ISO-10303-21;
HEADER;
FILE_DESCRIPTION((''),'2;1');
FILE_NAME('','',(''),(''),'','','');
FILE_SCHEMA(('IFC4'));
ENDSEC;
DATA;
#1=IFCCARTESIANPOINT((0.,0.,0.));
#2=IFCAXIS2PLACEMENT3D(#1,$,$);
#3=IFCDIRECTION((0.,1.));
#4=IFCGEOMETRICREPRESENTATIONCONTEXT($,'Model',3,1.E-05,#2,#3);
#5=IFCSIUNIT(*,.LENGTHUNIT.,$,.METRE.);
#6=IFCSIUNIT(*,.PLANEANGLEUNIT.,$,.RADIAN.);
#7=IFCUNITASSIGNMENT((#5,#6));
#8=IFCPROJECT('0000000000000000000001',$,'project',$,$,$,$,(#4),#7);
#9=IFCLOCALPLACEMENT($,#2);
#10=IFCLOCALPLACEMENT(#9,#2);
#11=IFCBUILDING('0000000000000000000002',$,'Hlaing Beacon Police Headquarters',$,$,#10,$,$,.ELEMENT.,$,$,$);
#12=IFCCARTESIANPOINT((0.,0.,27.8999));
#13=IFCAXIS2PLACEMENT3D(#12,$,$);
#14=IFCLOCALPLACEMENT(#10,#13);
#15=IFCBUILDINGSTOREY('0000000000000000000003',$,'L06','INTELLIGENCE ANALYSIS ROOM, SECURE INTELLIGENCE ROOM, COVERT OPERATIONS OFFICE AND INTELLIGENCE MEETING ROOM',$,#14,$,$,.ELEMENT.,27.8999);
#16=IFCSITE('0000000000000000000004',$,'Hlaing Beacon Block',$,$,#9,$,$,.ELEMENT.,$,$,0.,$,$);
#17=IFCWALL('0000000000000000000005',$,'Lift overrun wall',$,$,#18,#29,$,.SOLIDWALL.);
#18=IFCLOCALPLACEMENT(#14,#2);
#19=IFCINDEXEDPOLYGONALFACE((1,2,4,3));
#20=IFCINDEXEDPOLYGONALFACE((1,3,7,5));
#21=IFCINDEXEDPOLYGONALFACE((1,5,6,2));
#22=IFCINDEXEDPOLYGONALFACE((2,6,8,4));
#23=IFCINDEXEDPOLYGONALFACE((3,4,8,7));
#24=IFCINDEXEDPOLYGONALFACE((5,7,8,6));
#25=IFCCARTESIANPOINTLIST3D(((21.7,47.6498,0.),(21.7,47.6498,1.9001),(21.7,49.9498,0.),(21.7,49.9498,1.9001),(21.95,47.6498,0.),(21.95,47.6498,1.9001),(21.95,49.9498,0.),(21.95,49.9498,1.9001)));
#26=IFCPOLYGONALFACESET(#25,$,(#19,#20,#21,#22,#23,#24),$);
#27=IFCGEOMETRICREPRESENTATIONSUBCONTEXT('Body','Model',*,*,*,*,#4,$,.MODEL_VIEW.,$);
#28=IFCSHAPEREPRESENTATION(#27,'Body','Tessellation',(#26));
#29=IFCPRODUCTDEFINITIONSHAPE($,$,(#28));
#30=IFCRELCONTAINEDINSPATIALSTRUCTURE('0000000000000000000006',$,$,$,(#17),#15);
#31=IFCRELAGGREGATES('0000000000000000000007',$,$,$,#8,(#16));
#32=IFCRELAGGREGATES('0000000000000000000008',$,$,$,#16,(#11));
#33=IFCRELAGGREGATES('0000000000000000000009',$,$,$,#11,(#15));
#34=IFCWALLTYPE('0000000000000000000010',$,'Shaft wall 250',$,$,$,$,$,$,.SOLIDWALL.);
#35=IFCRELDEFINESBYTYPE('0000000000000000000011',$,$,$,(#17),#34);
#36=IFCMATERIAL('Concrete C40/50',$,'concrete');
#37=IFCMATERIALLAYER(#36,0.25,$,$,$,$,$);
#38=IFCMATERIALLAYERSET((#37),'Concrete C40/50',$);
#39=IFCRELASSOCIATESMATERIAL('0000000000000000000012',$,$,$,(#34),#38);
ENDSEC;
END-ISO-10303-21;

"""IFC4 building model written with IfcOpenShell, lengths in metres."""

from ifc_helpers import new_model, si_unit, direction, frame, frame_2d, origin, place, context, subcontext, project, spatial, rectangle, extrude, material, layer, layer_set, type_object, element, save


model = new_model("IFC4")

# Units and contexts
model_context = context("Model", 3, precision=1e-05, world=origin(), true_north=direction((0.0, 1.0)))
body_context = subcontext(model_context, "Body", "Model", "MODEL_VIEW")
ifc_project = project(units=[si_unit("LENGTHUNIT", "METRE"), si_unit("PLANEANGLEUNIT", "RADIAN")], contexts=[model_context])

# Site, building, storey
site_placement = place(None, origin())
site = spatial("IfcSite", under=ifc_project, at=site_placement, Name="Hlaing Beacon Block", CompositionType="ELEMENT", RefElevation=0.0)
building_placement = place(site_placement, origin())
building = spatial("IfcBuilding", under=site, at=building_placement, Name="Hlaing Beacon Police Headquarters", CompositionType="ELEMENT")
storey_placement = place(building_placement, frame((0.0, 0.0, 27.8999)))
storey = spatial("IfcBuildingStorey", under=building, at=storey_placement, Name="L06", Description="INTELLIGENCE ANALYSIS ROOM, SECURE INTELLIGENCE ROOM, COVERT OPERATIONS OFFICE AND INTELLIGENCE MEETING ROOM", CompositionType="ELEMENT", Elevation=27.8999)

# Wall
ifc_material_1 = material(Name="Concrete C40/50", Category="concrete")
ifc_layer_1 = layer(ifc_material_1, 0.25)
ifc_layer_set_1 = layer_set([ifc_layer_1], Name="Concrete C40/50")
wall_type_1 = type_object("IfcWallType", Name="Shaft wall 250", PredefinedType="SOLIDWALL", material=ifc_layer_set_1)
wall_1_placement = place(storey_placement, frame((21.825, 47.6499, 0.0), z_axis=(0.0, 0.0, 1.0), x_axis=(0.0, 1.0, 0.0)))
element("IfcWall", 1, at=wall_1_placement, inside=storey, type_object=wall_type_1, Name="Lift overrun wall", PredefinedType="SOLIDWALL", context=body_context, shape_type="SweptSolid", body=[
    extrude(rectangle(XDim=2.3, YDim=0.25, at=frame_2d((1.1499, 0.0))), origin(), (0.0, 0.0, 1.0), 1.9001),
])

save(model, "model.ifc")
